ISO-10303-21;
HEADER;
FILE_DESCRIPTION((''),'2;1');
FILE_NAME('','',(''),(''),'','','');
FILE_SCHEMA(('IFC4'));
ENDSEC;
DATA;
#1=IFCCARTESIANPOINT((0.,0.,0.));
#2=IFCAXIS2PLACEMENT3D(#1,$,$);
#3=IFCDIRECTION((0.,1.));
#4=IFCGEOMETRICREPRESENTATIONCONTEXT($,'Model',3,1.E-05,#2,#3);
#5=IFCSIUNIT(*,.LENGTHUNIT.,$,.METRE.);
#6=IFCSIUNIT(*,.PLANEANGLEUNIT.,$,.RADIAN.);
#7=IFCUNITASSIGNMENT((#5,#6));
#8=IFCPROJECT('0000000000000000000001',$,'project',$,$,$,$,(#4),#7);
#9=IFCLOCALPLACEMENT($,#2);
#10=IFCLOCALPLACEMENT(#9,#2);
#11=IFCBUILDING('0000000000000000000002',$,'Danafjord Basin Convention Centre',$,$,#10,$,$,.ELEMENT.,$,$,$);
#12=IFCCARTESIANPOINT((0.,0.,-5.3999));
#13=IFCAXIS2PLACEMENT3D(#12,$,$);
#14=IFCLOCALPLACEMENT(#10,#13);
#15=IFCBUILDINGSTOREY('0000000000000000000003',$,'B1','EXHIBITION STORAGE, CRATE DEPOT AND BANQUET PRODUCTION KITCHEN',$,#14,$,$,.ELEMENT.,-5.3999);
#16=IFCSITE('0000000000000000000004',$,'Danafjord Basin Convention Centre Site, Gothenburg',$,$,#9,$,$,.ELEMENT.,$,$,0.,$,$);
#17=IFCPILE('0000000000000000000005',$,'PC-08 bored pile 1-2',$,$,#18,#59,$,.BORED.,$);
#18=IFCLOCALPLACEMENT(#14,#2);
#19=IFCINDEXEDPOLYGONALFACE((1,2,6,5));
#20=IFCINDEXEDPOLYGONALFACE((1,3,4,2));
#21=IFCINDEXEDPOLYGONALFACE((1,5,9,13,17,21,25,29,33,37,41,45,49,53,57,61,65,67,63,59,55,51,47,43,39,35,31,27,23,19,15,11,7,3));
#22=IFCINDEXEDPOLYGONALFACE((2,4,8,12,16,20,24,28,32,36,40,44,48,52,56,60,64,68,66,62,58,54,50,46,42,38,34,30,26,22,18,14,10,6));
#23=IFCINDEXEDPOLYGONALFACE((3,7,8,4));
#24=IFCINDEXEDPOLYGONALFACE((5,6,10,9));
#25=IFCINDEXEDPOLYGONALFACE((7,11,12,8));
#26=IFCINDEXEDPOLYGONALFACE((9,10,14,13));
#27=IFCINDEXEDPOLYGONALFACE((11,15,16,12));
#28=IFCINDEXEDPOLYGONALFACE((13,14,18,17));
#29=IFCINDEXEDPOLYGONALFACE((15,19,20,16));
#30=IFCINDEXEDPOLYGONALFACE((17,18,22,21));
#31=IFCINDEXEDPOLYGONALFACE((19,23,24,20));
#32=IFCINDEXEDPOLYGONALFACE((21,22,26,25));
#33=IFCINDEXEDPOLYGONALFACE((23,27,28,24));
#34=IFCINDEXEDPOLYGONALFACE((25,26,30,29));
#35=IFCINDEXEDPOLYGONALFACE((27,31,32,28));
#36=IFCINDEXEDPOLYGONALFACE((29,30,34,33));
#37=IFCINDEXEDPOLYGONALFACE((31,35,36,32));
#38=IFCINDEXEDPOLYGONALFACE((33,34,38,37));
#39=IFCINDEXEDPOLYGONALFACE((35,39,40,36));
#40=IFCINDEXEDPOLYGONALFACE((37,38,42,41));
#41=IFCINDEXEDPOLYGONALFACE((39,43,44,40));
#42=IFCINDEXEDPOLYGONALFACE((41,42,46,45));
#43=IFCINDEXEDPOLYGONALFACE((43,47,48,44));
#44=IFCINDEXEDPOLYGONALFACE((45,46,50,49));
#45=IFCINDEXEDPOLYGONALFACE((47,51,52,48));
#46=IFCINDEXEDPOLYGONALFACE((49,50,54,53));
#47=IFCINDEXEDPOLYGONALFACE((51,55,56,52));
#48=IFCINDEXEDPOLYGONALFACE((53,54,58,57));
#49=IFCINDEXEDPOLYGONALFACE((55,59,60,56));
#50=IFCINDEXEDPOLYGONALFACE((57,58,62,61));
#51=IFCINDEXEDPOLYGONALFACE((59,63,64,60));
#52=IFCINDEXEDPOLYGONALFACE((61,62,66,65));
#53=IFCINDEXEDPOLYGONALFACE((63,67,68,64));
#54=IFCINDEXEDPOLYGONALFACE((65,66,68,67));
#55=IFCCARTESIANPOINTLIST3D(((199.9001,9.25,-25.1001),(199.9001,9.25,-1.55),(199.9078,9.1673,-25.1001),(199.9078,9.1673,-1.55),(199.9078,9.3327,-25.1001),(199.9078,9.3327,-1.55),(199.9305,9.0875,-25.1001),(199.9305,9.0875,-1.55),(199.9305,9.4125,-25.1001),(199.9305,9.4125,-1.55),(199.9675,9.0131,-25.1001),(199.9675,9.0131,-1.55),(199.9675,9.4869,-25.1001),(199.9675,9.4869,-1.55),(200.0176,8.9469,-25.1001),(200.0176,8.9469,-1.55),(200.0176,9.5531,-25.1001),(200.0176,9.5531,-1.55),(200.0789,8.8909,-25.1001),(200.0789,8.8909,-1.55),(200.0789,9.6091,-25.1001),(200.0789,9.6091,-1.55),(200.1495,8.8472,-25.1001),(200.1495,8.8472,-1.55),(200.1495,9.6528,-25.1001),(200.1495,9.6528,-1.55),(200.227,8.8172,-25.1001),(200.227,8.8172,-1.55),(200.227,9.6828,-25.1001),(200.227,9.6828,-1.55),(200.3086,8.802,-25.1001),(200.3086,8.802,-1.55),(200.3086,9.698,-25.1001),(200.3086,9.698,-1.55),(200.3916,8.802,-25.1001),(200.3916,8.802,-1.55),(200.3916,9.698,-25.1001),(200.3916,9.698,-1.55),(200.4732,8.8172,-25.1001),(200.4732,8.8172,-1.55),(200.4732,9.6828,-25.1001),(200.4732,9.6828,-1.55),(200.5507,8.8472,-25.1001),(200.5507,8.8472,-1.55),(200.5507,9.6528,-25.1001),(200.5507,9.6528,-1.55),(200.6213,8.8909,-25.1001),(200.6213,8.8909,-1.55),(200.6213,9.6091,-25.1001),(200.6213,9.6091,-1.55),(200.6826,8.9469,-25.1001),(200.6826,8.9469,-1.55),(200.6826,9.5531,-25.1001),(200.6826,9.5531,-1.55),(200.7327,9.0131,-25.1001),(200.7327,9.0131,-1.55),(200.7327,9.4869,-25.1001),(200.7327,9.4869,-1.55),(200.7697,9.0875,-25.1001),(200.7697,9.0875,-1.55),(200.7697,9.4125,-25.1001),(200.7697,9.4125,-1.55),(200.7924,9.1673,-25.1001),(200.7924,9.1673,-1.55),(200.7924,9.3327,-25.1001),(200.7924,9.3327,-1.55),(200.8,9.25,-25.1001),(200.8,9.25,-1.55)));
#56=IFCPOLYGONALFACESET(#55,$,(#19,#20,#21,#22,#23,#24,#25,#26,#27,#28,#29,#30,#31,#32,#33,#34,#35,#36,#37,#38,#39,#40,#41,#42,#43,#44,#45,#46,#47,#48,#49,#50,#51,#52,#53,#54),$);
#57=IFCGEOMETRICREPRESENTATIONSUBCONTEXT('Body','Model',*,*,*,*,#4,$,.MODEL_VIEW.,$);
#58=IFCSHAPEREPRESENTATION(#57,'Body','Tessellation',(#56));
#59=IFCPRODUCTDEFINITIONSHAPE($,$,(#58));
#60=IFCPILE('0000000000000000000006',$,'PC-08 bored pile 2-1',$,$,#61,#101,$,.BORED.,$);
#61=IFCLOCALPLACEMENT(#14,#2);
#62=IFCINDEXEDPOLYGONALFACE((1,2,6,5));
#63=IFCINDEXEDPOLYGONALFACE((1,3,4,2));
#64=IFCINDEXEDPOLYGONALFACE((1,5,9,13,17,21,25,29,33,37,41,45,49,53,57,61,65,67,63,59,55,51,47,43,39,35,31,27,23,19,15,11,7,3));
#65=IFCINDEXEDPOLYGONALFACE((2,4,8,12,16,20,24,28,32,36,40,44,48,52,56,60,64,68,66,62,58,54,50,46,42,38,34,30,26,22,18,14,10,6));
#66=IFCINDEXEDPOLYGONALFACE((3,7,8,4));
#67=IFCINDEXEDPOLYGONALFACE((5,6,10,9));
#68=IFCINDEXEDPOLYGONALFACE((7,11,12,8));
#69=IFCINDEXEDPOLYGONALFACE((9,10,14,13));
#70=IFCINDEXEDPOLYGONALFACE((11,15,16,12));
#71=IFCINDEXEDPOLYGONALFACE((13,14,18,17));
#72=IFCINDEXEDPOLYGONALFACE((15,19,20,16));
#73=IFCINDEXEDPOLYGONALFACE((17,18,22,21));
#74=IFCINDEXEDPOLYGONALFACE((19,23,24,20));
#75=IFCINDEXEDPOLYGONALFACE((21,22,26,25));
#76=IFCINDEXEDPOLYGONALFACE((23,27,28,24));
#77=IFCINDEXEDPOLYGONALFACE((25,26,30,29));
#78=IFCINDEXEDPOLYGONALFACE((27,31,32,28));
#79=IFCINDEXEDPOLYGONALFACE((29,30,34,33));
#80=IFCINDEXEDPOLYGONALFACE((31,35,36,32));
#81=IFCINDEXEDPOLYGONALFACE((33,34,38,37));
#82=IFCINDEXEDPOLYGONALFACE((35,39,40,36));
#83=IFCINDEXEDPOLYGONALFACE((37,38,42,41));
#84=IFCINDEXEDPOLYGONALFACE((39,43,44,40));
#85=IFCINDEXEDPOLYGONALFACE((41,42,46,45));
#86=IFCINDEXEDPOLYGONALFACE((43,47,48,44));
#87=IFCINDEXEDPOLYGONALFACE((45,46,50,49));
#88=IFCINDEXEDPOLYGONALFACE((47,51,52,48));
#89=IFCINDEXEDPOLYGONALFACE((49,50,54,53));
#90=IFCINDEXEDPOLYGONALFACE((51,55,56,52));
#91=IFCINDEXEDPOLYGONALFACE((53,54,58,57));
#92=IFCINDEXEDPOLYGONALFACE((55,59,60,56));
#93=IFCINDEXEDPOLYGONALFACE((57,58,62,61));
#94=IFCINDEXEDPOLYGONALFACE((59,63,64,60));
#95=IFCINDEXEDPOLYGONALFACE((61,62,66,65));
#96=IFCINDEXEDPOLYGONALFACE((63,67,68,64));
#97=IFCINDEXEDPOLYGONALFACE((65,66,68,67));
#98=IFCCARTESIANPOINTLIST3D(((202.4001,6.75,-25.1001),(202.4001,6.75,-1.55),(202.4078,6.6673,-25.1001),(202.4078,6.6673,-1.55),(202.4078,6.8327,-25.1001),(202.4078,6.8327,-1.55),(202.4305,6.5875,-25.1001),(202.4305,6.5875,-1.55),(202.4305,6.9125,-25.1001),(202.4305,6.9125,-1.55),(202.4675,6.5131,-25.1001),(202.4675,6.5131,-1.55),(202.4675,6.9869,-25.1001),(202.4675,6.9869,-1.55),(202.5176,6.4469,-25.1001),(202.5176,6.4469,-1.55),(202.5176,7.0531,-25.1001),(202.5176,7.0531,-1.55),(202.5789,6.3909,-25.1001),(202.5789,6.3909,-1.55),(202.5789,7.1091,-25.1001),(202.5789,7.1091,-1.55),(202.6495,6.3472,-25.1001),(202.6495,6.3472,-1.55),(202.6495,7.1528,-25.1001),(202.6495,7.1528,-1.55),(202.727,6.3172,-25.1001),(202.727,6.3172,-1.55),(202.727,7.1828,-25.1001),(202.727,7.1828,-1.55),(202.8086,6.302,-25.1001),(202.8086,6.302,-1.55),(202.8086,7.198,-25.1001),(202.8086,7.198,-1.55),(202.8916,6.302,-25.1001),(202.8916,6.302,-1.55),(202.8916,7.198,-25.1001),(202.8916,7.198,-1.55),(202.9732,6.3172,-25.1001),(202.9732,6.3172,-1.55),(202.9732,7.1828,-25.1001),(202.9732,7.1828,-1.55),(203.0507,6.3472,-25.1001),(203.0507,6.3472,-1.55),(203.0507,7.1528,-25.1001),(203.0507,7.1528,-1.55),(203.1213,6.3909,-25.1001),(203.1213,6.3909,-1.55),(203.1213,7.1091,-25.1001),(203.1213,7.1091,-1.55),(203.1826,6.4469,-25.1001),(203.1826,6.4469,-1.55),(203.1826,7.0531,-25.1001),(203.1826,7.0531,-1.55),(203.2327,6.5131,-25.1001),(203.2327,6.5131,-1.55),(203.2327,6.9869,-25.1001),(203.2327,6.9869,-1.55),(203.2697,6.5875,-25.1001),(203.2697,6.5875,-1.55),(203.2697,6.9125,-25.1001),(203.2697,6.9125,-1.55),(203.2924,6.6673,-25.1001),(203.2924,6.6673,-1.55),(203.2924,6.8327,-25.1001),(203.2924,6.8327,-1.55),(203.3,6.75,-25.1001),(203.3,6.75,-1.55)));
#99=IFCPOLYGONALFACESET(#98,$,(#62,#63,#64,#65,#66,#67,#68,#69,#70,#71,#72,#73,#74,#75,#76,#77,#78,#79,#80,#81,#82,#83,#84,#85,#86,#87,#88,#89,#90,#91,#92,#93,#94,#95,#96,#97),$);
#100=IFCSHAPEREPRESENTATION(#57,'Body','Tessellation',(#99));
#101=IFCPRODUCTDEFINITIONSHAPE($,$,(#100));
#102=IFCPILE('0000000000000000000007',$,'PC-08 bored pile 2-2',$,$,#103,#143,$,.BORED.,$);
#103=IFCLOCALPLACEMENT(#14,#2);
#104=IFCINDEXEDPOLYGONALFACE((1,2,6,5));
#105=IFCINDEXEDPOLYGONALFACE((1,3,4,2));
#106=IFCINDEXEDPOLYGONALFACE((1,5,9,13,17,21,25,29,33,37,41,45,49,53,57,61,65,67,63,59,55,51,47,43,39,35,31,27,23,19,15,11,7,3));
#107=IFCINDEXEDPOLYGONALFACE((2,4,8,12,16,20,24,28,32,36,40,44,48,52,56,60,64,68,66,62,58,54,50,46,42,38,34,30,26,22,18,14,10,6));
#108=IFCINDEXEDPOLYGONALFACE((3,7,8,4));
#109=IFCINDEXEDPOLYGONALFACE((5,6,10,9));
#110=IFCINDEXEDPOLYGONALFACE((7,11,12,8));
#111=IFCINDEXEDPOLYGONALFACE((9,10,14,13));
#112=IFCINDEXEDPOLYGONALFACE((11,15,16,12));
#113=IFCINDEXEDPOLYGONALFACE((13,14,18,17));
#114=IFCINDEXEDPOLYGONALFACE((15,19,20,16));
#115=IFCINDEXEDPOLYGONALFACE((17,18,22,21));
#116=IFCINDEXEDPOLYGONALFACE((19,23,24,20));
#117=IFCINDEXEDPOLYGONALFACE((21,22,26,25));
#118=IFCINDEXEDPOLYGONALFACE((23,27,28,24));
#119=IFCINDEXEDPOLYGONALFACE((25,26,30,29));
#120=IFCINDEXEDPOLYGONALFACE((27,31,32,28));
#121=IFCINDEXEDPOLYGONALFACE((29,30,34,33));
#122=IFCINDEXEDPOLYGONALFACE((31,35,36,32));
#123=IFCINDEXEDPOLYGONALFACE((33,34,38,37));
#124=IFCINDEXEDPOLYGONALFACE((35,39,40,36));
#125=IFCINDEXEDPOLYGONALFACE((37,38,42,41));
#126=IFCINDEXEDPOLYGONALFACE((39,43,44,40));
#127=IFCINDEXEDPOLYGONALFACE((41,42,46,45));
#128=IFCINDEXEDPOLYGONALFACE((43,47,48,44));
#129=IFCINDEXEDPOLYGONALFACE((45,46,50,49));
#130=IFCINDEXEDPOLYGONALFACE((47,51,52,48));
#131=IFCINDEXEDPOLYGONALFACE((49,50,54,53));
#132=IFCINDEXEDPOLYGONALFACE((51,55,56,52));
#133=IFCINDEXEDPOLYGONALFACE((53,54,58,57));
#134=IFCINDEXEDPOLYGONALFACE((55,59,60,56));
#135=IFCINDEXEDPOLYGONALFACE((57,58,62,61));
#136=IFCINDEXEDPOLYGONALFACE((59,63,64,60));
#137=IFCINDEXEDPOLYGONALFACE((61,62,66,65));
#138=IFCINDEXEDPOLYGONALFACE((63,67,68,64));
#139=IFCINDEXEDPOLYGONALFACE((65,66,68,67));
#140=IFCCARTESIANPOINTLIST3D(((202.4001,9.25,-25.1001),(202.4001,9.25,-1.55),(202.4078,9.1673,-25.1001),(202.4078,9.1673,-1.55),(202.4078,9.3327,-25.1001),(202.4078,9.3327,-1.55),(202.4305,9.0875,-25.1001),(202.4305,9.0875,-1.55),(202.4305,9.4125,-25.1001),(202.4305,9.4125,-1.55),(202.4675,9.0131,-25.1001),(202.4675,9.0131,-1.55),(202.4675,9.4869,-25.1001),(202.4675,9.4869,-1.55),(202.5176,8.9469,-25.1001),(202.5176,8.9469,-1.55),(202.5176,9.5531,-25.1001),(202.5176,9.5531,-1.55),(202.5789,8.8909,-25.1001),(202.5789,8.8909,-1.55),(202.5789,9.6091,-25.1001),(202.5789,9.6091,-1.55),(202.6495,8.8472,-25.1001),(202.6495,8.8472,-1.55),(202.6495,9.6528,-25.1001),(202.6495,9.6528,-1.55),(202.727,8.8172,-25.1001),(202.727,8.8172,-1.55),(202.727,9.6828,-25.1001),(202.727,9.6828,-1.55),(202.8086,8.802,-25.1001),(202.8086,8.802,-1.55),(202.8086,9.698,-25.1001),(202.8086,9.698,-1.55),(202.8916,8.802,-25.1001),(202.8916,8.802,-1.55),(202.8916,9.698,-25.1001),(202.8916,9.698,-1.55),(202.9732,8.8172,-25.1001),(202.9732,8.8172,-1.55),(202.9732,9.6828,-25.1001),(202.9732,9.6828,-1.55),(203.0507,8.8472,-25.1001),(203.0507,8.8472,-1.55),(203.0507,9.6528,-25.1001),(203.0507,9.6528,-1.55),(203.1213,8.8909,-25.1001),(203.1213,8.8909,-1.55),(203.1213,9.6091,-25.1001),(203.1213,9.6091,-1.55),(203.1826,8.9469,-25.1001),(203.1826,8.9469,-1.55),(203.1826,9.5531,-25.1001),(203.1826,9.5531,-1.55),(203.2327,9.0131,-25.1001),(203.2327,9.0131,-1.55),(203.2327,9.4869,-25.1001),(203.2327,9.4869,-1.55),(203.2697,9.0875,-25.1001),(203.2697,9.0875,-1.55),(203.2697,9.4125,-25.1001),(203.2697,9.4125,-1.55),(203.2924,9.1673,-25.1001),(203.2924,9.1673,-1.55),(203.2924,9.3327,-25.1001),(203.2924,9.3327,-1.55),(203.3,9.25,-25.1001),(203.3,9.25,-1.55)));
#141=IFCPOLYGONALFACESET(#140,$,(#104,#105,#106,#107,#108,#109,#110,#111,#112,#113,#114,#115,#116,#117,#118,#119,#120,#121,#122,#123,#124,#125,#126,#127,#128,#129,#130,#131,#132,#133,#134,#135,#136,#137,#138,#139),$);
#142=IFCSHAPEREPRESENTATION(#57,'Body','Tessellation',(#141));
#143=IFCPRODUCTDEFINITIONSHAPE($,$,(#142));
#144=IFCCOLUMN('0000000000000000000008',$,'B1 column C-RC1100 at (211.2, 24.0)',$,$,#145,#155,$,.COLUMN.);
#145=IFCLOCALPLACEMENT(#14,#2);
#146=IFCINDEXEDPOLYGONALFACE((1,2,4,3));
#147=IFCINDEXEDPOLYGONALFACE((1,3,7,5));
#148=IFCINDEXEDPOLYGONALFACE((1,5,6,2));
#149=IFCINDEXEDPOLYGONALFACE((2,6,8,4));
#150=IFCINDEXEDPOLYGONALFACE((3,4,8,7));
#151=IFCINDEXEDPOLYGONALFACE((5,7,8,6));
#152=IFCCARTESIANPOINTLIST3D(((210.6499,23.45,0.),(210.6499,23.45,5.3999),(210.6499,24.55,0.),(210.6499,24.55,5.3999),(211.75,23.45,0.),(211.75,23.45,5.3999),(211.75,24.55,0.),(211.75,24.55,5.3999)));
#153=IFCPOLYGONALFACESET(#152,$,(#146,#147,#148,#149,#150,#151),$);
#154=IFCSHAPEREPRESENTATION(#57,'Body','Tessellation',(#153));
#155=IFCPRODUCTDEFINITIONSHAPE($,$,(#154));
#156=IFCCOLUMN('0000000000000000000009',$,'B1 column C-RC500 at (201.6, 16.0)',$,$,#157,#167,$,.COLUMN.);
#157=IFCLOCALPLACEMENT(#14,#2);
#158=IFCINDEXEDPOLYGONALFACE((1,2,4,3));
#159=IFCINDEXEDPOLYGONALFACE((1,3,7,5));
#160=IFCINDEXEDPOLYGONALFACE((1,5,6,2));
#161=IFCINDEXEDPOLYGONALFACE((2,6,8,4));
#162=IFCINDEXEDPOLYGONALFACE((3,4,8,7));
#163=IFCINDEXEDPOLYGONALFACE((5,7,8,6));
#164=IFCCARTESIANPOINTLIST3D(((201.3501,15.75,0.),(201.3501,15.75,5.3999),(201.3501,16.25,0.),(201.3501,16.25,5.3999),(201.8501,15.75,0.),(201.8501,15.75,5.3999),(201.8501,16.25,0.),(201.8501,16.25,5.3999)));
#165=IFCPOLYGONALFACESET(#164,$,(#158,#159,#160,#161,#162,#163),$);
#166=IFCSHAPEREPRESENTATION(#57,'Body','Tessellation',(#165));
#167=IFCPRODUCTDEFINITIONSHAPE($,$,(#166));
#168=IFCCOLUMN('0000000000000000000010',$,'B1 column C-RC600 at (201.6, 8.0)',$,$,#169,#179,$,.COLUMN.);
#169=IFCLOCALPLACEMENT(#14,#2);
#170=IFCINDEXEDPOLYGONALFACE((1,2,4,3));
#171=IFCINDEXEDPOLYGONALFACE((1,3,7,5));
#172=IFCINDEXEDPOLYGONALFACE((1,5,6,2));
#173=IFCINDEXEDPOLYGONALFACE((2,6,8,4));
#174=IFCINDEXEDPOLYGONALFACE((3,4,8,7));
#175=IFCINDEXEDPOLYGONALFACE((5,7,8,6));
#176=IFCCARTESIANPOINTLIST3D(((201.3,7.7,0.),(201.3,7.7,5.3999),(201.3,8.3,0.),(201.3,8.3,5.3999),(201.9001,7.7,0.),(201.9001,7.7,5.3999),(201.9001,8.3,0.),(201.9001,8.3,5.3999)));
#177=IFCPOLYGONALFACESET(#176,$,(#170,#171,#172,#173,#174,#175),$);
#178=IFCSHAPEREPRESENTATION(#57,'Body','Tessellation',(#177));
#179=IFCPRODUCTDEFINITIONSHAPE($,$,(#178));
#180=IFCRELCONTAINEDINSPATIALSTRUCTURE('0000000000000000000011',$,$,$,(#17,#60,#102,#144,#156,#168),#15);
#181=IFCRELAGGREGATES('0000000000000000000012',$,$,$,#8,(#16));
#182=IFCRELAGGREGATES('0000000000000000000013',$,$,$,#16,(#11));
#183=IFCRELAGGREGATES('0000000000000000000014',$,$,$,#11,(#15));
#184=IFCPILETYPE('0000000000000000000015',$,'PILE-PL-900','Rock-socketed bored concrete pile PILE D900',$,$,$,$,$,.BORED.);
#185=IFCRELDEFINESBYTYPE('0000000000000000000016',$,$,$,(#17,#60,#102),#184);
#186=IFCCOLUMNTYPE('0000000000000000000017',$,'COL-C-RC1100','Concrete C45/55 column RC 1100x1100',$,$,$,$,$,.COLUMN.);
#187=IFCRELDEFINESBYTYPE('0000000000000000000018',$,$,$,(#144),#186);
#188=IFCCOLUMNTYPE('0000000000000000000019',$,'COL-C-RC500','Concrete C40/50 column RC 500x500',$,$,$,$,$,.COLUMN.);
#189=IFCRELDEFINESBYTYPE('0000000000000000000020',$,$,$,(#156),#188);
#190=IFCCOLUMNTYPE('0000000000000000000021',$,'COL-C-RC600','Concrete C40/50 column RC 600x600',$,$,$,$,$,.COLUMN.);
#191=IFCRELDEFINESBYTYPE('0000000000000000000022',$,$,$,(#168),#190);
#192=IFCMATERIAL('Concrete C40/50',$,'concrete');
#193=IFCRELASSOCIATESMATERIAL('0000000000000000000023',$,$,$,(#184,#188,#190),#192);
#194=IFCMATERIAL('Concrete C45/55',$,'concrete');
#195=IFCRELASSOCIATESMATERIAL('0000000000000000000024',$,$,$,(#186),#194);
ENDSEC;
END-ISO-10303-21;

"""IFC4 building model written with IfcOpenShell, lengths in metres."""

from ifc_helpers import new_model, si_unit, direction, frame, origin, origin_2d, place, context, subcontext, project, spatial, rectangle, circle, extrude, material, material_profile, profile_set, type_object, element, save


model = new_model("IFC4")

# Units and contexts
model_context = context("Model", 3, precision=1e-05, world=origin(), true_north=direction((0.0, 1.0)))
body_context = subcontext(model_context, "Body", "Model", "MODEL_VIEW")
ifc_project = project(units=[si_unit("LENGTHUNIT", "METRE"), si_unit("PLANEANGLEUNIT", "RADIAN")], contexts=[model_context])

# Site, building, storey
site_placement = place(None, origin())
site = spatial("IfcSite", under=ifc_project, at=site_placement, Name="Danafjord Basin Convention Centre Site, Gothenburg", CompositionType="ELEMENT", RefElevation=0.0)
building_placement = place(site_placement, origin())
building = spatial("IfcBuilding", under=site, at=building_placement, Name="Danafjord Basin Convention Centre", CompositionType="ELEMENT")
storey_placement = place(building_placement, frame((0.0, 0.0, -5.3999)))
storey = spatial("IfcBuildingStorey", under=building, at=storey_placement, Name="B1", Description="EXHIBITION STORAGE, CRATE DEPOT AND BANQUET PRODUCTION KITCHEN", CompositionType="ELEMENT", Elevation=-5.3999)

# Shared definitions
ifc_material_1 = material(Name="Concrete C40/50", Category="concrete")

# Piles
ifc_material_profile_1 = material_profile(ifc_material_1, circle(Radius=0.45, at=origin_2d()), Name="PILE D900")
ifc_profile_set_1 = profile_set([ifc_material_profile_1], Name="Concrete C40/50")
pile_type_1 = type_object("IfcPileType", Name="PILE-PL-900", Description="Rock-socketed bored concrete pile PILE D900", PredefinedType="BORED", material=ifc_profile_set_1)
for number, where, z_axis, x_axis, name in (
    (1, (200.3501, 9.25, -1.55), (0.0, 0.0, -1.0), (1.0, 0.0, 0.0), "PC-08 bored pile 1-2"),
    (2, (202.8501, 6.75, -1.55), (0.0, 0.0, -1.0), (1.0, 0.0, 0.0), "PC-08 bored pile 2-1"),
    (3, (202.8501, 9.25, -1.55), (0.0, 0.0, -1.0), (1.0, 0.0, 0.0), "PC-08 bored pile 2-2"),
):
    element("IfcPile", number, at=place(storey_placement, frame(where, z_axis=z_axis, x_axis=x_axis)), inside=storey, type_object=pile_type_1, Name=name, PredefinedType="BORED", context=body_context, shape_type="SweptSolid", body=[
        extrude(circle(Radius=0.45, at=origin_2d()), origin(), (0.0, 0.0, 1.0), 23.55),
    ])

# Columns
ifc_material_2 = material(Name="Concrete C45/55", Category="concrete")
ifc_material_profile_2 = material_profile(ifc_material_2, rectangle(XDim=1.1001, YDim=1.1001, at=origin_2d()), Name="RC 1100x1100")
ifc_profile_set_2 = profile_set([ifc_material_profile_2], Name="Concrete C45/55")
column_type_1 = type_object("IfcColumnType", Name="COL-C-RC1100", Description="Concrete C45/55 column RC 1100x1100", PredefinedType="COLUMN", material=ifc_profile_set_2)
column_1_placement = place(storey_placement, frame((211.2, 24.0, 0.0), z_axis=(0.0, 0.0, 1.0), x_axis=(1.0, 0.0, 0.0)))
element("IfcColumn", 4, at=column_1_placement, inside=storey, type_object=column_type_1, Name="B1 column C-RC1100 at (211.2, 24.0)", PredefinedType="COLUMN", context=body_context, shape_type="SweptSolid", body=[
    extrude(rectangle(XDim=1.1001, YDim=1.1001, at=origin_2d()), origin(), (0.0, 0.0, 1.0), 5.3999),
])
ifc_material_profile_3 = material_profile(ifc_material_1, rectangle(XDim=0.5, YDim=0.5, at=origin_2d()), Name="RC 500x500")
ifc_profile_set_3 = profile_set([ifc_material_profile_3], Name="Concrete C40/50")
column_type_2 = type_object("IfcColumnType", Name="COL-C-RC500", Description="Concrete C40/50 column RC 500x500", PredefinedType="COLUMN", material=ifc_profile_set_3)
column_2_placement = place(storey_placement, frame((201.6001, 16.0, 0.0), z_axis=(0.0, 0.0, 1.0), x_axis=(1.0, 0.0, 0.0)))
element("IfcColumn", 5, at=column_2_placement, inside=storey, type_object=column_type_2, Name="B1 column C-RC500 at (201.6, 16.0)", PredefinedType="COLUMN", context=body_context, shape_type="SweptSolid", body=[
    extrude(rectangle(XDim=0.5, YDim=0.5, at=origin_2d()), origin(), (0.0, 0.0, 1.0), 5.3999),
])
ifc_material_profile_4 = material_profile(ifc_material_1, rectangle(XDim=0.6001, YDim=0.6001, at=origin_2d()), Name="RC 600x600")
ifc_profile_set_4 = profile_set([ifc_material_profile_4], Name="Concrete C40/50")
column_type_3 = type_object("IfcColumnType", Name="COL-C-RC600", Description="Concrete C40/50 column RC 600x600", PredefinedType="COLUMN", material=ifc_profile_set_4)
column_3_placement = place(storey_placement, frame((201.6001, 8.0, 0.0), z_axis=(0.0, 0.0, 1.0), x_axis=(1.0, 0.0, 0.0)))
element("IfcColumn", 6, at=column_3_placement, inside=storey, type_object=column_type_3, Name="B1 column C-RC600 at (201.6, 8.0)", PredefinedType="COLUMN", context=body_context, shape_type="SweptSolid", body=[
    extrude(rectangle(XDim=0.6001, YDim=0.6001, at=origin_2d()), origin(), (0.0, 0.0, 1.0), 5.3999),
])

save(model, "model.ifc")
